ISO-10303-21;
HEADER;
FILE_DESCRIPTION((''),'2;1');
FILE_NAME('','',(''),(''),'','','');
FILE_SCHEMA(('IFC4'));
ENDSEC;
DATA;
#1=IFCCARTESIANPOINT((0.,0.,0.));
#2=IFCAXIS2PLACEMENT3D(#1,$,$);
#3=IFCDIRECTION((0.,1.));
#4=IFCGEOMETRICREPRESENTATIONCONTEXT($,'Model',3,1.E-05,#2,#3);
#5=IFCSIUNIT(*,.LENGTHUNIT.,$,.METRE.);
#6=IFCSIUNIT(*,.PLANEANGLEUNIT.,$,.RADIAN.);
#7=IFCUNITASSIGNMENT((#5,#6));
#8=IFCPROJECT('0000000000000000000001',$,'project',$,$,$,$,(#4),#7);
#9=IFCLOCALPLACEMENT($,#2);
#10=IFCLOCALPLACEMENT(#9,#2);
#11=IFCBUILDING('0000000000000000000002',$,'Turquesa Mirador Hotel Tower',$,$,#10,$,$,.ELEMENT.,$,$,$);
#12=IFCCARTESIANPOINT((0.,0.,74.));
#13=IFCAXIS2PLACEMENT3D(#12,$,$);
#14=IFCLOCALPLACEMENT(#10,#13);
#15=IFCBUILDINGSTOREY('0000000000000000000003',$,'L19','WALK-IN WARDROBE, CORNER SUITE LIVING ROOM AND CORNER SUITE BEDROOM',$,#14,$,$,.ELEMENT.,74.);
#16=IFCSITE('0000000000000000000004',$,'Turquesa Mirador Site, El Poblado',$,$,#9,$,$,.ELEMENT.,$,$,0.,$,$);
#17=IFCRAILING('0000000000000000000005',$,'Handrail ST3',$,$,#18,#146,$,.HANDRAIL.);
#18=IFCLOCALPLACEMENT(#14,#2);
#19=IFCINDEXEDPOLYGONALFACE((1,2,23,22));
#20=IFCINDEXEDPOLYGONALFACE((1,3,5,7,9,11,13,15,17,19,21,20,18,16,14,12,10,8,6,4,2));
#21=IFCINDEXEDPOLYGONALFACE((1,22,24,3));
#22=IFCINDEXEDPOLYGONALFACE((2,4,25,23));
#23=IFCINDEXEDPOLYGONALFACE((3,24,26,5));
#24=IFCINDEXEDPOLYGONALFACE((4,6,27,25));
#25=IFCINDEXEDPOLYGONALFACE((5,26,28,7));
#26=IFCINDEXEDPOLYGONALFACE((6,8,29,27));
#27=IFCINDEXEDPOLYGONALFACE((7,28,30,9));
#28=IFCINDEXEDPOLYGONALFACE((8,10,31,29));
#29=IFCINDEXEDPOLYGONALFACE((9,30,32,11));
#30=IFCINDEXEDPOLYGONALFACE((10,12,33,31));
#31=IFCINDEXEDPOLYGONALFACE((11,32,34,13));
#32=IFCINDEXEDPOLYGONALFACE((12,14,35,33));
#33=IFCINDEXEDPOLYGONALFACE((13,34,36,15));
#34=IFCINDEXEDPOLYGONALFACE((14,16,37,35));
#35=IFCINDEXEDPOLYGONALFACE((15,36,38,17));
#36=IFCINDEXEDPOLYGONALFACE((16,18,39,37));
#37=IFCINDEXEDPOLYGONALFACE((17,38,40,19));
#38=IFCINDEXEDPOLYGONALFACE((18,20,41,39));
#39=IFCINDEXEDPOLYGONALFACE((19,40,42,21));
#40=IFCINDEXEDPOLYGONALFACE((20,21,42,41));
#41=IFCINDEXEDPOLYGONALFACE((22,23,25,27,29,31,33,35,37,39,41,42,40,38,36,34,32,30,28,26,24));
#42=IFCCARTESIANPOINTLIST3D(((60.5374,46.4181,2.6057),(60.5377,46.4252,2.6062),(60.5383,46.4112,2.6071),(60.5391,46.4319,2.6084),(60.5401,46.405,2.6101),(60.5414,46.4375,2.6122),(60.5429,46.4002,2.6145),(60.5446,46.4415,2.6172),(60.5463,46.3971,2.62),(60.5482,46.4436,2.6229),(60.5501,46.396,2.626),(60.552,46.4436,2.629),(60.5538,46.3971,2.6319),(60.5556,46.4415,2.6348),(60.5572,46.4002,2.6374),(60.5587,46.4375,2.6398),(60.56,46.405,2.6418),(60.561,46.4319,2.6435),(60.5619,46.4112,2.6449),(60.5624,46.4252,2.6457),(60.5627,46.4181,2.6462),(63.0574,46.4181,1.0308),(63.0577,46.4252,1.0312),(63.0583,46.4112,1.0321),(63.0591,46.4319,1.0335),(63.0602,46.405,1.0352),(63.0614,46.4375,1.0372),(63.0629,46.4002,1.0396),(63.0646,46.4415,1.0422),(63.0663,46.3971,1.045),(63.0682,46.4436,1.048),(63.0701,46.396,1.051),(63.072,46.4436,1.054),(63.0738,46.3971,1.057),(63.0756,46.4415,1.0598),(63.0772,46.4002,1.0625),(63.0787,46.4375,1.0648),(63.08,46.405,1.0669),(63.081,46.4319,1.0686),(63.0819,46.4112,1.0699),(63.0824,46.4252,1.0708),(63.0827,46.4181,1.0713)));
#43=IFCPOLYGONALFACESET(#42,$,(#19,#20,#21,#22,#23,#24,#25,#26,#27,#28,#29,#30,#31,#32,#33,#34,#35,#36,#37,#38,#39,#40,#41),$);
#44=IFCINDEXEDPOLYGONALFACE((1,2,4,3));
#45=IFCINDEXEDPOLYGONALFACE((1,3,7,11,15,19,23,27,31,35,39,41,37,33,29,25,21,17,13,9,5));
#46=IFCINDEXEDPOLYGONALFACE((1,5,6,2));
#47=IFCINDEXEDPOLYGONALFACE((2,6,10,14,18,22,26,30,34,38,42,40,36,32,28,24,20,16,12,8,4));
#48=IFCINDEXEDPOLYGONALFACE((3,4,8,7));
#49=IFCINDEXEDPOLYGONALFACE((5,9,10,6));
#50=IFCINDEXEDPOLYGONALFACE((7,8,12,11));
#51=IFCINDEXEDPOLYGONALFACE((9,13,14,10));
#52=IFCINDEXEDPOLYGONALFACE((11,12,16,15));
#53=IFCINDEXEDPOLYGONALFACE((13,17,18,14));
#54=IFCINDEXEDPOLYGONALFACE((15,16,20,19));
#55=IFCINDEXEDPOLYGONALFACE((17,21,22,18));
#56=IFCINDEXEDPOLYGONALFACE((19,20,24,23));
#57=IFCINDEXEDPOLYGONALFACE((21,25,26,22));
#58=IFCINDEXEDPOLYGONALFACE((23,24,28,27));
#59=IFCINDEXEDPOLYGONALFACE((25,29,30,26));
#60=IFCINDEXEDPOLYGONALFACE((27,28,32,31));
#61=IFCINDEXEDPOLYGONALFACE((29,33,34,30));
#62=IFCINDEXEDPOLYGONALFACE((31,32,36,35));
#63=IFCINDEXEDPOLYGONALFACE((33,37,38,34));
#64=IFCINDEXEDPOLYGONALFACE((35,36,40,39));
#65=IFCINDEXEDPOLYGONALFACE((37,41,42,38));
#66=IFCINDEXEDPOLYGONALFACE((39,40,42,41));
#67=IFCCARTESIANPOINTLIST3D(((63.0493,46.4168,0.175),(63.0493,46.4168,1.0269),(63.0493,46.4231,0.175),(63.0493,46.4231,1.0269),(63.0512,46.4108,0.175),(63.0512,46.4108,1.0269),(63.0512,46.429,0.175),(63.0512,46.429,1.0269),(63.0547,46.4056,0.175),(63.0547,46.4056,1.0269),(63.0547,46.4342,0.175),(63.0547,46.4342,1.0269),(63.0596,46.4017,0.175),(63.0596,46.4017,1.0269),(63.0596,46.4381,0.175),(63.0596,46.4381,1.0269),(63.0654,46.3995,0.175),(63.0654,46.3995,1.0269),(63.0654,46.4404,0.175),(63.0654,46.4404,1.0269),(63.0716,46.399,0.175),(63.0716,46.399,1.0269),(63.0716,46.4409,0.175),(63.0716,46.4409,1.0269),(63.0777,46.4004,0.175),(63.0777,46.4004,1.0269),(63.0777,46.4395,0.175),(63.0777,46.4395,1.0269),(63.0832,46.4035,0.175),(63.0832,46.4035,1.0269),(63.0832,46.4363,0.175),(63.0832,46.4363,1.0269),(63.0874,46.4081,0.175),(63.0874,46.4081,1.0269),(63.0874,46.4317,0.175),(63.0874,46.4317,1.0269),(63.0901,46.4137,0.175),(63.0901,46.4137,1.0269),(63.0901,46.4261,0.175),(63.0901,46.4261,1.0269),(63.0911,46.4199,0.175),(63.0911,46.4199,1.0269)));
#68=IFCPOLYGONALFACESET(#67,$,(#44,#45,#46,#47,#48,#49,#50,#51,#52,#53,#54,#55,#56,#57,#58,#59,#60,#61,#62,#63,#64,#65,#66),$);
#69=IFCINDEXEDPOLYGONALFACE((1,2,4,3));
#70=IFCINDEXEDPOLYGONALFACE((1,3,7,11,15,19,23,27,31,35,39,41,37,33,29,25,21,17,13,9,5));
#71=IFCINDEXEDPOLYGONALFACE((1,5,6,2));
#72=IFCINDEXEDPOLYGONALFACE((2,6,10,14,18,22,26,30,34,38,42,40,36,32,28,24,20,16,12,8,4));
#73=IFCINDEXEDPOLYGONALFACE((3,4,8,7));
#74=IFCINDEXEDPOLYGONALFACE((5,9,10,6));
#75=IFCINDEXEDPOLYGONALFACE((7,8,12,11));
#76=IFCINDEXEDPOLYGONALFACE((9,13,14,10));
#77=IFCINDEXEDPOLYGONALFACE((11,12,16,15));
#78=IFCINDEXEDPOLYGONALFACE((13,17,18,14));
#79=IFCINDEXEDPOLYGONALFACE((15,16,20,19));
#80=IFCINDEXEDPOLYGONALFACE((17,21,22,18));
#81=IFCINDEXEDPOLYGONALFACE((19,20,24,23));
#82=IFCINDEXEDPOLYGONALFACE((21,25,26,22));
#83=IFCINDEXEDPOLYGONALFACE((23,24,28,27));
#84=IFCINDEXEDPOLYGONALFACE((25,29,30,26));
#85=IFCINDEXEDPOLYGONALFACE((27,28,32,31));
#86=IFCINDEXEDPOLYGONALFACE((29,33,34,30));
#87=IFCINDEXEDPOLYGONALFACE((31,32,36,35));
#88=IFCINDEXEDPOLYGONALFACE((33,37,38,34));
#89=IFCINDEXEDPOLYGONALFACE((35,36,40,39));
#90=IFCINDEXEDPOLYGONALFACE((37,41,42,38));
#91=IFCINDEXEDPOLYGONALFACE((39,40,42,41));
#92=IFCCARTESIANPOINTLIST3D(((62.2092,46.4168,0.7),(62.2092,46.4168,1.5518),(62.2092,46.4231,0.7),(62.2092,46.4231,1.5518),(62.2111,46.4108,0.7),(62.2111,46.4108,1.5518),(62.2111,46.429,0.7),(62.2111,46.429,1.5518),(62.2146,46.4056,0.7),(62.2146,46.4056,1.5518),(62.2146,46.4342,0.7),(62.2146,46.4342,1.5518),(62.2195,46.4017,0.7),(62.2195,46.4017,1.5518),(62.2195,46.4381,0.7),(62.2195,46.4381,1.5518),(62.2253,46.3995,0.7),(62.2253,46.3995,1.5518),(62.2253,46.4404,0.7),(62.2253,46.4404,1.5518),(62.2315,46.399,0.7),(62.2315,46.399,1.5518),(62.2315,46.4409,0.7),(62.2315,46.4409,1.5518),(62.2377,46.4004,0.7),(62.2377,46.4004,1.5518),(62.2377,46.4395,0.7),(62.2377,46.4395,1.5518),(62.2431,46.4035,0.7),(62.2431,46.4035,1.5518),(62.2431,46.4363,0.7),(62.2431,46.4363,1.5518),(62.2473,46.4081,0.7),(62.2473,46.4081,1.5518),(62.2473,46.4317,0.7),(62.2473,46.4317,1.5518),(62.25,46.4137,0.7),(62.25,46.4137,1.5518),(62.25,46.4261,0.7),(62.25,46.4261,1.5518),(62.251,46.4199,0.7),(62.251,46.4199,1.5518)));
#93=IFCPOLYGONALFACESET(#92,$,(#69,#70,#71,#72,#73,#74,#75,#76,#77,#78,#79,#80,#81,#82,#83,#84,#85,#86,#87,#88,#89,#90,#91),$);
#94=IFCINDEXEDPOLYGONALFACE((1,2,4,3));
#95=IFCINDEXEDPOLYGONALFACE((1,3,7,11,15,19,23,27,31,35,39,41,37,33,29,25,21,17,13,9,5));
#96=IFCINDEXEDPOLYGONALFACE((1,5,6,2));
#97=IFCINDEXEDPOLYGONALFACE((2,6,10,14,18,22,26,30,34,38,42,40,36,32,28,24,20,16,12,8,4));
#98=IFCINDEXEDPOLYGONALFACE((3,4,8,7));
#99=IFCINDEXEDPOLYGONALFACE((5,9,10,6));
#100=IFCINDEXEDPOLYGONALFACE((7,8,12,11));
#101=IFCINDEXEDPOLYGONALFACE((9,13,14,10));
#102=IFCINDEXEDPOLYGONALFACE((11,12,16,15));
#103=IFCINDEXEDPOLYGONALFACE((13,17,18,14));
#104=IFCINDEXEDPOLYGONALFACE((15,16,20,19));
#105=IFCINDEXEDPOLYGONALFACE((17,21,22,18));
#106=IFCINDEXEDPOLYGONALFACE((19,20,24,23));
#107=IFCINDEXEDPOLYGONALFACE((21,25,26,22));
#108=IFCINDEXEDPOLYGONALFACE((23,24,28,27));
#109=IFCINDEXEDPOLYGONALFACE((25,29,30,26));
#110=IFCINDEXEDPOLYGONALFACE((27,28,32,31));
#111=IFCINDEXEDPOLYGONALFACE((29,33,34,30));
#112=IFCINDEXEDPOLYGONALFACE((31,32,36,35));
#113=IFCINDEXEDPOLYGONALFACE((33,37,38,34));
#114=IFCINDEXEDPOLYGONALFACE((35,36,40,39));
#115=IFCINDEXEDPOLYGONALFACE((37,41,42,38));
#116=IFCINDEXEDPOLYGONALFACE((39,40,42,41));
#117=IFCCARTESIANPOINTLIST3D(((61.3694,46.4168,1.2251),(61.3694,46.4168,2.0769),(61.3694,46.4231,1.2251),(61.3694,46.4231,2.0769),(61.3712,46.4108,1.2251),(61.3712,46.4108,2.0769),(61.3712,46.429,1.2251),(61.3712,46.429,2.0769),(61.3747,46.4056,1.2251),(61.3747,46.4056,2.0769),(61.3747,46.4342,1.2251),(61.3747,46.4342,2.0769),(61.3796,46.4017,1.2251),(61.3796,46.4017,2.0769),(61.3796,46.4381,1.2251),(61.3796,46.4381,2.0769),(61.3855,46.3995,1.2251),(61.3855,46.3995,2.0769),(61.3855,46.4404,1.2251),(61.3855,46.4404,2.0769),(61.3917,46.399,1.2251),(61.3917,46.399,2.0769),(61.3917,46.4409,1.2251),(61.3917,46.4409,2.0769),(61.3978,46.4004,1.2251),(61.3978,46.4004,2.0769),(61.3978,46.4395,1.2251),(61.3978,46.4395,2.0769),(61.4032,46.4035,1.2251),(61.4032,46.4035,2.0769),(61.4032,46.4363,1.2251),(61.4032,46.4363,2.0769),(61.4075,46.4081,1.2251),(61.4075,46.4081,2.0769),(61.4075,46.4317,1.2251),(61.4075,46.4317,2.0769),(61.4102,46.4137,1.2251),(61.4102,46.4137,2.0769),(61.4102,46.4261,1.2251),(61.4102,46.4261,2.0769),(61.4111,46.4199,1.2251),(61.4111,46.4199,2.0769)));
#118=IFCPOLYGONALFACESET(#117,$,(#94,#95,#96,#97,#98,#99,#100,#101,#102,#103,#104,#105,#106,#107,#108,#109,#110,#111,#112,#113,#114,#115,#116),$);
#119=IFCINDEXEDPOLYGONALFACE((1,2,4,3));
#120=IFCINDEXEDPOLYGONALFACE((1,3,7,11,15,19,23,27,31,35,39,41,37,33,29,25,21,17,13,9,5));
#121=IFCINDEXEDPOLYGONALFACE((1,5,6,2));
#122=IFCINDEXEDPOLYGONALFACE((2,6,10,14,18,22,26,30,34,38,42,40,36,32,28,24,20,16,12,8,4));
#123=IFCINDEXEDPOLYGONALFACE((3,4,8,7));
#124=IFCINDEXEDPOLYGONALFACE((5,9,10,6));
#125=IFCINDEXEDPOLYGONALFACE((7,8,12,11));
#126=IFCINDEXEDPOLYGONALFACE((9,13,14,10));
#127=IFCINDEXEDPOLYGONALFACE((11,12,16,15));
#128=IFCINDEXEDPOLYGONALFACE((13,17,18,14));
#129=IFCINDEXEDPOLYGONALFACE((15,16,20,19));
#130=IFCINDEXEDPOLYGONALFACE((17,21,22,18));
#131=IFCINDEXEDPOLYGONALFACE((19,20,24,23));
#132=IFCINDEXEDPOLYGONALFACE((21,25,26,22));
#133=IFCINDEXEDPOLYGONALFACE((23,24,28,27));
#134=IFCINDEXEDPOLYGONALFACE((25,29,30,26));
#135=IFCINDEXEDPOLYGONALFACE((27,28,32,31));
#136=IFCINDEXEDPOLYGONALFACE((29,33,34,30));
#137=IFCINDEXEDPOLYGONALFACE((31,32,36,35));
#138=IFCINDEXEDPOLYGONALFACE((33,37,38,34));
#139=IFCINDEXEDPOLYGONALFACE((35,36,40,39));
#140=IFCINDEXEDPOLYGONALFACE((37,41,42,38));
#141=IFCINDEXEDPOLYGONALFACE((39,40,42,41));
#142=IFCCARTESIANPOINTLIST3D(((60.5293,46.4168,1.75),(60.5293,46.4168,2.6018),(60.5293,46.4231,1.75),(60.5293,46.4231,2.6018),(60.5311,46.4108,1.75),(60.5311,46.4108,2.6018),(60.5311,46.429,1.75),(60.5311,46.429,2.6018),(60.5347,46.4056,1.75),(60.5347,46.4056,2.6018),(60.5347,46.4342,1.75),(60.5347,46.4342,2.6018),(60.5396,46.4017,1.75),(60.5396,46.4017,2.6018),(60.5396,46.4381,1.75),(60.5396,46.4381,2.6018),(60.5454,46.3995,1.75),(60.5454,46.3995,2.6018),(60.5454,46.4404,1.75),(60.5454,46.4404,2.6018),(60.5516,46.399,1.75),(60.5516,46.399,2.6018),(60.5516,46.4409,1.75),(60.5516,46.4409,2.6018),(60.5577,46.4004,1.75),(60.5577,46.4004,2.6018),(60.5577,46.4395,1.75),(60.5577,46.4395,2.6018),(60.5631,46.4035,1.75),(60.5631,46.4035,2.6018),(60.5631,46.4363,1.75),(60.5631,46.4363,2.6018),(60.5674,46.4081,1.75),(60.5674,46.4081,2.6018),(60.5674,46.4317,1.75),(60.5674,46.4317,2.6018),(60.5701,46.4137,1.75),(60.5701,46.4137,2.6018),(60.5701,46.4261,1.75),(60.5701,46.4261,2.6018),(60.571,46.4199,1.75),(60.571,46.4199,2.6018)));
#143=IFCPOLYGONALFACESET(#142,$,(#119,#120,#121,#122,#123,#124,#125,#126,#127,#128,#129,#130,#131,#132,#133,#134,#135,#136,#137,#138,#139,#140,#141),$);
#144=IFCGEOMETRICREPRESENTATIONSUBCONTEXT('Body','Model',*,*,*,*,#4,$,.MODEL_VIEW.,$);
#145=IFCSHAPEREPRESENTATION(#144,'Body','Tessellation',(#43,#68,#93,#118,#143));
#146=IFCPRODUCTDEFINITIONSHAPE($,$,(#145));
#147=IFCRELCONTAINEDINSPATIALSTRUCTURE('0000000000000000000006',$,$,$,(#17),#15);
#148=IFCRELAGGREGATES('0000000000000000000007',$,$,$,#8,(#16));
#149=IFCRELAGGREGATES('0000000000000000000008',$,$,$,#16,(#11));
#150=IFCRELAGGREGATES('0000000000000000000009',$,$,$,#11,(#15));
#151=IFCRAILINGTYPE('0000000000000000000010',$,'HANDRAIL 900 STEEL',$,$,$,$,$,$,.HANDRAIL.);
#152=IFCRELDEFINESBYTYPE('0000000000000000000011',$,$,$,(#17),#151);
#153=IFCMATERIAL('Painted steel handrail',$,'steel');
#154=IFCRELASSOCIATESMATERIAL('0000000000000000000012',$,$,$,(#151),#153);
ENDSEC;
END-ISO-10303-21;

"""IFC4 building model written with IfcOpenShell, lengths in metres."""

from ifc_helpers import new_model, si_unit, direction, frame, origin, origin_2d, place, context, subcontext, project, spatial, circle, extrude, material, type_object, element, save


model = new_model("IFC4")

# Units and contexts
model_context = context("Model", 3, precision=1e-05, world=origin(), true_north=direction((0.0, 1.0)))
body_context = subcontext(model_context, "Body", "Model", "MODEL_VIEW")
ifc_project = project(units=[si_unit("LENGTHUNIT", "METRE"), si_unit("PLANEANGLEUNIT", "RADIAN")], contexts=[model_context])

# Site, building, storey
site_placement = place(None, origin())
site = spatial("IfcSite", under=ifc_project, at=site_placement, Name="Turquesa Mirador Site, El Poblado", CompositionType="ELEMENT", RefElevation=0.0)
building_placement = place(site_placement, origin())
building = spatial("IfcBuilding", under=site, at=building_placement, Name="Turquesa Mirador Hotel Tower", CompositionType="ELEMENT")
storey_placement = place(building_placement, frame((0.0, 0.0, 74.0)))
storey = spatial("IfcBuildingStorey", under=building, at=storey_placement, Name="L19", Description="WALK-IN WARDROBE, CORNER SUITE LIVING ROOM AND CORNER SUITE BEDROOM", CompositionType="ELEMENT", Elevation=74.0)

# Railing
ifc_material_1 = material(Name="Painted steel handrail", Category="steel")
railing_type = type_object("IfcRailingType", Name="HANDRAIL 900 STEEL", PredefinedType="HANDRAIL", material=ifc_material_1)
railing_1_placement = place(storey_placement, frame((63.0701, 46.4199, 0.175)))
element("IfcRailing", 1, at=railing_1_placement, inside=storey, type_object=railing_type, Name="Handrail ST3", PredefinedType="HANDRAIL", context=body_context, shape_type="SweptSolid", body=[
    extrude(circle(Radius=0.0239, at=origin_2d()), frame((0.0, 0.0, 0.876), z_axis=(-0.848008, 0.0, 0.529984), x_axis=(0.0, -1.0, 0.0)), (0.0, 0.0, 1.0), 2.9717),
    extrude(circle(Radius=0.021, at=origin_2d()), origin(), (0.0, 0.0, 1.0), 0.8518),
    extrude(circle(Radius=0.021, at=origin_2d()), frame((-0.8401, 0.0, 0.5249)), (0.0, 0.0, 1.0), 0.8518),
    extrude(circle(Radius=0.021, at=origin_2d()), frame((-1.6799, 0.0, 1.05)), (0.0, 0.0, 1.0), 0.8518),
    extrude(circle(Radius=0.021, at=origin_2d()), frame((-2.52, 0.0, 1.575)), (0.0, 0.0, 1.0), 0.8518),
])

save(model, "model.ifc")
